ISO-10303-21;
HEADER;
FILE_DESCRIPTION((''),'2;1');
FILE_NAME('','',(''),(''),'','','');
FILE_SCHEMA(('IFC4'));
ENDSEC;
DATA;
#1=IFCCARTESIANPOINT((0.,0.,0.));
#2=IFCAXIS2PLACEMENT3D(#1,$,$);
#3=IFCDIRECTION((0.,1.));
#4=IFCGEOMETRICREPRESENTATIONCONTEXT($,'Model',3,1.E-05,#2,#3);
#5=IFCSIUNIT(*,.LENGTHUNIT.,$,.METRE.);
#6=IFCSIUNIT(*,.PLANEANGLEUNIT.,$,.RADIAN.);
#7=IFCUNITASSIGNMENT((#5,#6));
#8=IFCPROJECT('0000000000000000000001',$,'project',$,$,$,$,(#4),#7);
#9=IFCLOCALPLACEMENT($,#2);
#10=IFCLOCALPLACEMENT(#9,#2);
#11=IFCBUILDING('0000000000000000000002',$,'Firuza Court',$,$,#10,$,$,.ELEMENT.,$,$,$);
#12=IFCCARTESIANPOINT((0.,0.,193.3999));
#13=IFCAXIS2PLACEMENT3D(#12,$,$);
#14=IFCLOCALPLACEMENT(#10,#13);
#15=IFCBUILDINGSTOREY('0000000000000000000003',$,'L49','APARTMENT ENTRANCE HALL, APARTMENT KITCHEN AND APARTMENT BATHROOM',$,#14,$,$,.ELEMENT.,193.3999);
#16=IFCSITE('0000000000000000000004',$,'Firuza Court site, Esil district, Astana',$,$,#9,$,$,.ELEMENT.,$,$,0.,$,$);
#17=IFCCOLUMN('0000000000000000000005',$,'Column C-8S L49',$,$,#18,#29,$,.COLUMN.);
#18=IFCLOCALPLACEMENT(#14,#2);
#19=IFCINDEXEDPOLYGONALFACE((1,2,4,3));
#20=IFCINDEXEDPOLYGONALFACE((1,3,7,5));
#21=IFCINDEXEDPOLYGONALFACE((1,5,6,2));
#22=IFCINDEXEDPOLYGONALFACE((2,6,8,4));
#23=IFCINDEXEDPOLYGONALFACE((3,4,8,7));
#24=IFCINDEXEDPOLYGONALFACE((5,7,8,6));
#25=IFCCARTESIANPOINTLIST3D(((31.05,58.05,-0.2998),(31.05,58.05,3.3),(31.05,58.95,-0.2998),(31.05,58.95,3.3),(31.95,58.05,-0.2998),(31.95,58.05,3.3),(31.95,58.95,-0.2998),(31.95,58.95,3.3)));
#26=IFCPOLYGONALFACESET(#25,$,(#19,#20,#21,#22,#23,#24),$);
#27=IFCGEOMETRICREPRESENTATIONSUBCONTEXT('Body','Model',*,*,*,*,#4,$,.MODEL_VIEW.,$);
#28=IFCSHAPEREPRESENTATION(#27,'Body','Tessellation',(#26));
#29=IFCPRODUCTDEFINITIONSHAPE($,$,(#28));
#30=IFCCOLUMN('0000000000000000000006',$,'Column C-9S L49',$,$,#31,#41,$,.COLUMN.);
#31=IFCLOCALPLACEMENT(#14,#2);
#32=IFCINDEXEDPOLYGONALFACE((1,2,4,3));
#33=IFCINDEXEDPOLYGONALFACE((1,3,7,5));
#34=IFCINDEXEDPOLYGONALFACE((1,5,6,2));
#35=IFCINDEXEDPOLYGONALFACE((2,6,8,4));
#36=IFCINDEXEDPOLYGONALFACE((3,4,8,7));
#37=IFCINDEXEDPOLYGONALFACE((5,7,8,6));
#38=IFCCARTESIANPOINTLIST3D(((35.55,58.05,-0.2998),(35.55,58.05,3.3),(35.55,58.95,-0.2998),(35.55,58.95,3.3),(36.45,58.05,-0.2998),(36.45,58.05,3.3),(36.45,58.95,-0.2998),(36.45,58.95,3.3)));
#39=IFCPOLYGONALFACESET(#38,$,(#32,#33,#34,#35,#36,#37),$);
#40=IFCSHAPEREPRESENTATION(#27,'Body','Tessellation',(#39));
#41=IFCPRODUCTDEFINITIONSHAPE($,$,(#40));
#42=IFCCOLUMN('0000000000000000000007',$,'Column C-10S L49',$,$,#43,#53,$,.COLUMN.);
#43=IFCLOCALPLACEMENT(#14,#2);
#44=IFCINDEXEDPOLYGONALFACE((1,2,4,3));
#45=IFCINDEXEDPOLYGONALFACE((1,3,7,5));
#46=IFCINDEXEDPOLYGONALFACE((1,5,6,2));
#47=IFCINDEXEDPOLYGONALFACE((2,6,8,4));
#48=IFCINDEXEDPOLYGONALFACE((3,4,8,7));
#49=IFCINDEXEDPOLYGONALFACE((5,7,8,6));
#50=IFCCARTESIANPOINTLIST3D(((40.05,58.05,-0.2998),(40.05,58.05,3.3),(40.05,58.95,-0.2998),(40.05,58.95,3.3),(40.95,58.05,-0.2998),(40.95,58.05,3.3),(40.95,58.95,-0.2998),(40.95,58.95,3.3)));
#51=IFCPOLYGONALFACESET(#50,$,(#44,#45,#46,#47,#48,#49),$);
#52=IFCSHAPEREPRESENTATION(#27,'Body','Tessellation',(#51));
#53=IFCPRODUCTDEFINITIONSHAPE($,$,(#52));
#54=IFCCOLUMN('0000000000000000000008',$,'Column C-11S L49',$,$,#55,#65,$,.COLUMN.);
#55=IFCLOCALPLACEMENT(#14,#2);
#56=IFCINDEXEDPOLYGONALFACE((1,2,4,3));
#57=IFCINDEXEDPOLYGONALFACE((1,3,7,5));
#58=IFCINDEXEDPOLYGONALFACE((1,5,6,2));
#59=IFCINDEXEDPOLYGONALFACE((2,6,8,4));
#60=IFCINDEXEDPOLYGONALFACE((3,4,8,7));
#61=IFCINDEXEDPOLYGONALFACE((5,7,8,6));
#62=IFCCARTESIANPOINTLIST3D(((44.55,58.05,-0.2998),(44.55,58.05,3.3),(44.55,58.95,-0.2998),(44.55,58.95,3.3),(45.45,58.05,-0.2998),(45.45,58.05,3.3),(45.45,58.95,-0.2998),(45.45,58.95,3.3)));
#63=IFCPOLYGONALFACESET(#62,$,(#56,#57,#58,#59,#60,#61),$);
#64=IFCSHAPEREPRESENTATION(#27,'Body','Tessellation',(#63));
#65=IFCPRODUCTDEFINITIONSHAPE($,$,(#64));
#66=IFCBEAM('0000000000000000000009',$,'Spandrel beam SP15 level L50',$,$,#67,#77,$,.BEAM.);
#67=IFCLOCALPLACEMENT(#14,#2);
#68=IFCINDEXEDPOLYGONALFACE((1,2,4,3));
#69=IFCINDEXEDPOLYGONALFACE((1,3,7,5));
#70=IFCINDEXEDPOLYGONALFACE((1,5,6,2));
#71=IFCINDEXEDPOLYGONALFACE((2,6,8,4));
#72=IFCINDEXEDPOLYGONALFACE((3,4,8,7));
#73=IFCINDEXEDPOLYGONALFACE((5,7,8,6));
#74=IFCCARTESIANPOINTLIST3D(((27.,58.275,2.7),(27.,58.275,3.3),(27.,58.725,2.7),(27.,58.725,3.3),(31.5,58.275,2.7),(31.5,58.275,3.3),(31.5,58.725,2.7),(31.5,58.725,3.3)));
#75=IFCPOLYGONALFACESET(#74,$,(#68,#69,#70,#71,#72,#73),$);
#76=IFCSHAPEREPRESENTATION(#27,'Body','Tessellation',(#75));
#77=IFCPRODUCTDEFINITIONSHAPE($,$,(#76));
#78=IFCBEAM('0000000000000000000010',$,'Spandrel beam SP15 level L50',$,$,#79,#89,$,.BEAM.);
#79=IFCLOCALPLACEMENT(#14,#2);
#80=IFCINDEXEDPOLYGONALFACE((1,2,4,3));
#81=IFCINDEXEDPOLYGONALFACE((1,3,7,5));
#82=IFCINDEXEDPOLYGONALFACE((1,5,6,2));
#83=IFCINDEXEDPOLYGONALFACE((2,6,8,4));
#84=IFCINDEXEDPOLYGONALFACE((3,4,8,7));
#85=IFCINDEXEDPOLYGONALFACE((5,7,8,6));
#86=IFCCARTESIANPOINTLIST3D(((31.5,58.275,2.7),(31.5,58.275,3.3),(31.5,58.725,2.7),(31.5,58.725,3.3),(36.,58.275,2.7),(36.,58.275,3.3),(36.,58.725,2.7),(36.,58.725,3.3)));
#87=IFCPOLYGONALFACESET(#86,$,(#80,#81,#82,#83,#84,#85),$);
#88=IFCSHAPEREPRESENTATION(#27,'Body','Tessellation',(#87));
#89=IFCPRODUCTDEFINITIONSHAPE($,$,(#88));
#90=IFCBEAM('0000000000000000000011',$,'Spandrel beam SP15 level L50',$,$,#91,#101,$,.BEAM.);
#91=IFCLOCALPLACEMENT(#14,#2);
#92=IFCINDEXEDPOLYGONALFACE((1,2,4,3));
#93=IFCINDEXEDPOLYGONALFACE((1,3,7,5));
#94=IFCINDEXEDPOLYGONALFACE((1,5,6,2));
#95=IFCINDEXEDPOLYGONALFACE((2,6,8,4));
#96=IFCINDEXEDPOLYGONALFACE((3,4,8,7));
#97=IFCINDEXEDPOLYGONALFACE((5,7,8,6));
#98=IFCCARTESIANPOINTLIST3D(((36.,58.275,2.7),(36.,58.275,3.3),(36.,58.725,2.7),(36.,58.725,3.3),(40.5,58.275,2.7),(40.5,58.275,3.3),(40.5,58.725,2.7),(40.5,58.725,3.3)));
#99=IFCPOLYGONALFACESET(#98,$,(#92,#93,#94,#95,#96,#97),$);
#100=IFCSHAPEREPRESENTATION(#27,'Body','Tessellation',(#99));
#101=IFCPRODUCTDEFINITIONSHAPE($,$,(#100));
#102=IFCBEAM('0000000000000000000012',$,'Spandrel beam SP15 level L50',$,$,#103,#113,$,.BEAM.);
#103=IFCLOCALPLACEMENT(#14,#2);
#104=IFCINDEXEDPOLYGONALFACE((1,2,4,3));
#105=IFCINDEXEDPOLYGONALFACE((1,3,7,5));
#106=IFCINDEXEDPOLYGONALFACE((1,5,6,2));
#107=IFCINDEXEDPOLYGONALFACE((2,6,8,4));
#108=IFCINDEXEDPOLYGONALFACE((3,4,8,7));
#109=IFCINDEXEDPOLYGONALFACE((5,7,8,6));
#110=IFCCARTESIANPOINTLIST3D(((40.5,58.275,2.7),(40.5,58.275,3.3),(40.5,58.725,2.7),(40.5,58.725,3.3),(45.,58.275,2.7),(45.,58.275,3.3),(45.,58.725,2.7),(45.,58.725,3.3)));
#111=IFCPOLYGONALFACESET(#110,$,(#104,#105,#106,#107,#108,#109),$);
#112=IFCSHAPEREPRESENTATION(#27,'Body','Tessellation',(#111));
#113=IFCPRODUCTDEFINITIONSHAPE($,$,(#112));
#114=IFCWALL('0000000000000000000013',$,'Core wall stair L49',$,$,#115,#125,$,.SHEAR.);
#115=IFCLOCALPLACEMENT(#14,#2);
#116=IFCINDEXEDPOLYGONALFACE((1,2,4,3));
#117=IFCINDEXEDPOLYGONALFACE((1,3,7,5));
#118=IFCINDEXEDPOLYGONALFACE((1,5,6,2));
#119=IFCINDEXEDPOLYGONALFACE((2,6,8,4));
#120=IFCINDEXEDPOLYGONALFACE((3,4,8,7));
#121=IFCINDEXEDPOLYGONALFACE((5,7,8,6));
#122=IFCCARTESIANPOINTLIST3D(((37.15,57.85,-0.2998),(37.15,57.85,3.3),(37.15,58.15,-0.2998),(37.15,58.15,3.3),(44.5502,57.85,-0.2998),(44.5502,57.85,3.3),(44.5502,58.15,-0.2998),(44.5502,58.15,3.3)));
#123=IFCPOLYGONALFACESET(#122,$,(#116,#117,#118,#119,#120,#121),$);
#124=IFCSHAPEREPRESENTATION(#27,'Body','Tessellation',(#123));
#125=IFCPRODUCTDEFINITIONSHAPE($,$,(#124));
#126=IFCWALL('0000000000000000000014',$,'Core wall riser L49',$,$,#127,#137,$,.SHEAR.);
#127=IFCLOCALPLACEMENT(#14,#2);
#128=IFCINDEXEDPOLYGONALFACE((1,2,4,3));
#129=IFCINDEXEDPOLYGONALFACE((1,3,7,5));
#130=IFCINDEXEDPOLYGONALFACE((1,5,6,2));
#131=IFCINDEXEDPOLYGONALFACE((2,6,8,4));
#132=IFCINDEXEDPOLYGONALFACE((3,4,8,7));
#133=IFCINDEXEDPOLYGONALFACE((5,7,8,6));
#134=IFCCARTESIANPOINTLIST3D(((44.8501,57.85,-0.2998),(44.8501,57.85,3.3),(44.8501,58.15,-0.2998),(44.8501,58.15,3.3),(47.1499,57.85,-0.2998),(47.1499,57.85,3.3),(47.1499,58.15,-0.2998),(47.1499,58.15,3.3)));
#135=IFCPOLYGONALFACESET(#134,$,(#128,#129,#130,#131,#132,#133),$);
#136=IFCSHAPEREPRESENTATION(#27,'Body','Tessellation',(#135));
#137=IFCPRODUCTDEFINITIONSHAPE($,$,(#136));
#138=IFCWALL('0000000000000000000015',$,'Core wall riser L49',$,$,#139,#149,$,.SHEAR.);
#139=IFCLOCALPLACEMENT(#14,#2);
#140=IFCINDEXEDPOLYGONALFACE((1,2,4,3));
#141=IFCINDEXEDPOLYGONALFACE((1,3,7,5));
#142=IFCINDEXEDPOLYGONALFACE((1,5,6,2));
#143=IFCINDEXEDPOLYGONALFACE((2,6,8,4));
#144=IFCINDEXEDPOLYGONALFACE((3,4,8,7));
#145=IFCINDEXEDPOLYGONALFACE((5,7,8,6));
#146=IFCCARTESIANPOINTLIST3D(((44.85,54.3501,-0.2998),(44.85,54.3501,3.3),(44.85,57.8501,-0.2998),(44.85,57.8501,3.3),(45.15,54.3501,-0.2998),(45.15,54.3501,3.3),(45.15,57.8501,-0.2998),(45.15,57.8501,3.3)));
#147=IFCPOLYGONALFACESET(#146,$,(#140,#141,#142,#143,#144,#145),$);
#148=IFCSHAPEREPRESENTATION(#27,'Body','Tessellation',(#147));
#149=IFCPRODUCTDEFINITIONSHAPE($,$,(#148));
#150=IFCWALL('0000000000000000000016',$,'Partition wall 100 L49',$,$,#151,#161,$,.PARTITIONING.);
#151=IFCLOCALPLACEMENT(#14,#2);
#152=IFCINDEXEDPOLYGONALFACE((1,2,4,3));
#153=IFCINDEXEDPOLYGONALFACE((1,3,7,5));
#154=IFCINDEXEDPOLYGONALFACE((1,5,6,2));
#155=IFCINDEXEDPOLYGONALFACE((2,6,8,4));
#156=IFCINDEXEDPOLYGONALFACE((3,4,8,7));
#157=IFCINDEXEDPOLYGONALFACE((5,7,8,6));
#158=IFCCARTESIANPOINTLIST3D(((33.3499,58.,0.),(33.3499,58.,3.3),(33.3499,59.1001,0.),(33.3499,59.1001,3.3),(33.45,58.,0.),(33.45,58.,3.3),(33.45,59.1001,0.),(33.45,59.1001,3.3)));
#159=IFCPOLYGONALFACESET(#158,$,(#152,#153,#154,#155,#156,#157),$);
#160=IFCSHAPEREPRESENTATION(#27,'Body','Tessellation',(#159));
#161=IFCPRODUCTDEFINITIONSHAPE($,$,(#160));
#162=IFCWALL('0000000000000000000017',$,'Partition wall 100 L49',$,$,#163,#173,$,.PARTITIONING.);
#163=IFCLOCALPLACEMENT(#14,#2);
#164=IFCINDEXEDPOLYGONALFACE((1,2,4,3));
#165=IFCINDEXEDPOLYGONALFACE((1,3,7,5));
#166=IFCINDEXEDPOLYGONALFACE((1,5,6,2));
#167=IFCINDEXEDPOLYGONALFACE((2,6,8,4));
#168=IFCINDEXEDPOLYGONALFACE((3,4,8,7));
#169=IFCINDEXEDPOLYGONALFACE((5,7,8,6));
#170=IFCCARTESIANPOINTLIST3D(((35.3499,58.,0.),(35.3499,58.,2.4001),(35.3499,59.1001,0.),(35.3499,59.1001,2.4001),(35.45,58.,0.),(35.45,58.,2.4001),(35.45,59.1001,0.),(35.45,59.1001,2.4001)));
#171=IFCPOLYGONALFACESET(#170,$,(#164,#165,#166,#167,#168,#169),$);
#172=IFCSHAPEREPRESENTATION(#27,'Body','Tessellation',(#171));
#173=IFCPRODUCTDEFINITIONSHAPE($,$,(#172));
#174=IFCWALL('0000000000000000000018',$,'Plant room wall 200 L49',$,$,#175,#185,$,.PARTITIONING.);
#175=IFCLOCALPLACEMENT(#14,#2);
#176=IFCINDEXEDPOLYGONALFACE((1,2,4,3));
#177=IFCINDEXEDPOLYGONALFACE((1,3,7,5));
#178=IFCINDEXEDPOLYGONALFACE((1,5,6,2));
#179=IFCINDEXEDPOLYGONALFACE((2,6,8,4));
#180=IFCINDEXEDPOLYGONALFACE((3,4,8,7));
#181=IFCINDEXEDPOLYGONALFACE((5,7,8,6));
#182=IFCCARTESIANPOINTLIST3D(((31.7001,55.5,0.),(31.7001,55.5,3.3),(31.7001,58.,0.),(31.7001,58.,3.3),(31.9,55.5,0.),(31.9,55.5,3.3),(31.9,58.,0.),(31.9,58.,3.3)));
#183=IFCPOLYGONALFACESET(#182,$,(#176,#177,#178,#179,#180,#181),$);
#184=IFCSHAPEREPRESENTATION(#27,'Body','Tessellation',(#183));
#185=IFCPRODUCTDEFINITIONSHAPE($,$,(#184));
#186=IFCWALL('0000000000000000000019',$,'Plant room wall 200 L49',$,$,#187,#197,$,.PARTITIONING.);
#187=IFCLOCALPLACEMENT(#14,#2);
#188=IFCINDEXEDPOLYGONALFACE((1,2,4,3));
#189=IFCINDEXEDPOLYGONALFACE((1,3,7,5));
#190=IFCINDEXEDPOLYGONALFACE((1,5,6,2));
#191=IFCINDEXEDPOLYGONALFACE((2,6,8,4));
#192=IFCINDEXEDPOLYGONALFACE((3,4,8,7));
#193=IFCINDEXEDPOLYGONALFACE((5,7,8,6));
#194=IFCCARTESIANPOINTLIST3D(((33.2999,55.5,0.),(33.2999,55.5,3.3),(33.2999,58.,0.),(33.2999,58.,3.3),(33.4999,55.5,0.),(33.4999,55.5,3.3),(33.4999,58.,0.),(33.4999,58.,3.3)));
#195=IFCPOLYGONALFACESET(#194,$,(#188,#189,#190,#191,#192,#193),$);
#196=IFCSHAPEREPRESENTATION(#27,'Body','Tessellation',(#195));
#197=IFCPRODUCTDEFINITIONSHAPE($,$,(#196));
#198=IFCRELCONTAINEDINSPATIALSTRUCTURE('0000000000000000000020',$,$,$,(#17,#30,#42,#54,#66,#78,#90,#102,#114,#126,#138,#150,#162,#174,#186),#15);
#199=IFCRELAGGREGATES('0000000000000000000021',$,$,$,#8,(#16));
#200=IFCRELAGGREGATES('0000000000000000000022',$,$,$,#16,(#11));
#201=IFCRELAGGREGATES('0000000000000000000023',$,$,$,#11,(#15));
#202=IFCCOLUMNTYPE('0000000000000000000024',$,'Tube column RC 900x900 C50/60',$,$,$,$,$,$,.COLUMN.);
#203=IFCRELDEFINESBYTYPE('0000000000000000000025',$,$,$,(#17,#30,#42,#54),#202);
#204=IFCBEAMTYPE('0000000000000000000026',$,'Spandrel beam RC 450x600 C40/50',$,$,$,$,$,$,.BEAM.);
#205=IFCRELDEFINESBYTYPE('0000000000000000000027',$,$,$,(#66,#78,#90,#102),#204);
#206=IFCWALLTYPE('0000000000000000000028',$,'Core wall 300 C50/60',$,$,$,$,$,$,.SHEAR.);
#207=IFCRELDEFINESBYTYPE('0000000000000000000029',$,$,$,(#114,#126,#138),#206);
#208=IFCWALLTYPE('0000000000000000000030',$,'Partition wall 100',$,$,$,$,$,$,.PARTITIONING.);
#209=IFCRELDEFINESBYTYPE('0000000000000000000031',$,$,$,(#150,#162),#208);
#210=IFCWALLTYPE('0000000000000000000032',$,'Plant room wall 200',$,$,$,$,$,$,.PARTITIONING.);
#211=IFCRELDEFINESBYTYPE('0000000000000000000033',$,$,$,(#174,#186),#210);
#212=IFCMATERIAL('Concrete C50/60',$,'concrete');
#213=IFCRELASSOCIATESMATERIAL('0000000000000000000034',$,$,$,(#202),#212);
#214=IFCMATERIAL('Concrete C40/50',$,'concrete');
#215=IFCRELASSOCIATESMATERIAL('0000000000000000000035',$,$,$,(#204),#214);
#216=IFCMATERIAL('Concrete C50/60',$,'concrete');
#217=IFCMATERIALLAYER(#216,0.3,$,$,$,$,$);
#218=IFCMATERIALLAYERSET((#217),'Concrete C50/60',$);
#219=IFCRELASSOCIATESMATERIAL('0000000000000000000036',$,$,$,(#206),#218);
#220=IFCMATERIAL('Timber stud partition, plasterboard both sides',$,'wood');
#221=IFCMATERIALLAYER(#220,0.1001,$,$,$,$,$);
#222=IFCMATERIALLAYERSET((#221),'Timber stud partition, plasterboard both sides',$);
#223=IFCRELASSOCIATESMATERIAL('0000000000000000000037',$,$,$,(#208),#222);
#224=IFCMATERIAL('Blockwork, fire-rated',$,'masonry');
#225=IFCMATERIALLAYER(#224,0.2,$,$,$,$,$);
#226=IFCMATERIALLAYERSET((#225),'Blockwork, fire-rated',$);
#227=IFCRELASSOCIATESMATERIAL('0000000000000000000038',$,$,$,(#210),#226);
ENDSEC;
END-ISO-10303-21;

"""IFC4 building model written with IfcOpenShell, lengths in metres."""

from ifc_helpers import new_model, si_unit, direction, frame, frame_2d, origin, origin_2d, place, context, subcontext, project, spatial, rectangle, extrude, material, layer, layer_set, material_profile, profile_set, type_object, element, save


model = new_model("IFC4")

# Units and contexts
model_context = context("Model", 3, precision=1e-05, world=origin(), true_north=direction((0.0, 1.0)))
body_context = subcontext(model_context, "Body", "Model", "MODEL_VIEW")
ifc_project = project(units=[si_unit("LENGTHUNIT", "METRE"), si_unit("PLANEANGLEUNIT", "RADIAN")], contexts=[model_context])

# Site, building, storey
site_placement = place(None, origin())
site = spatial("IfcSite", under=ifc_project, at=site_placement, Name="Firuza Court site, Esil district, Astana", CompositionType="ELEMENT", RefElevation=0.0)
building_placement = place(site_placement, origin())
building = spatial("IfcBuilding", under=site, at=building_placement, Name="Firuza Court", CompositionType="ELEMENT")
storey_placement = place(building_placement, frame((0.0, 0.0, 193.3999)))
storey = spatial("IfcBuildingStorey", under=building, at=storey_placement, Name="L49", Description="APARTMENT ENTRANCE HALL, APARTMENT KITCHEN AND APARTMENT BATHROOM", CompositionType="ELEMENT", Elevation=193.3999)

# Columns
ifc_material_1 = material(Name="Concrete C50/60", Category="concrete")
ifc_material_profile_1 = material_profile(ifc_material_1, rectangle(XDim=0.8999, YDim=0.8999, at=origin_2d()), Name="RC 900x900")
ifc_profile_set_1 = profile_set([ifc_material_profile_1], Name="Concrete C50/60")
column_type = type_object("IfcColumnType", Name="Tube column RC 900x900 C50/60", PredefinedType="COLUMN", material=ifc_profile_set_1)
for number, where, z_axis, x_axis, name in (
    (1, (31.5, 58.5, -0.2998), (0.0, 0.0, 1.0), (1.0, 0.0, 0.0), "Column C-8S L49"),
    (2, (36.0, 58.5, -0.2998), (0.0, 0.0, 1.0), (1.0, 0.0, 0.0), "Column C-9S L49"),
    (3, (40.5, 58.5, -0.2998), (0.0, 0.0, 1.0), (1.0, 0.0, 0.0), "Column C-10S L49"),
    (4, (45.0, 58.5, -0.2998), (0.0, 0.0, 1.0), (1.0, 0.0, 0.0), "Column C-11S L49"),
):
    element("IfcColumn", number, at=place(storey_placement, frame(where, z_axis=z_axis, x_axis=x_axis)), inside=storey, type_object=column_type, Name=name, PredefinedType="COLUMN", context=body_context, shape_type="SweptSolid", body=[
        extrude(rectangle(XDim=0.8999, YDim=0.8999, at=origin_2d()), origin(), (0.0, 0.0, 1.0), 3.5999),
    ])

# Beams
ifc_material_2 = material(Name="Concrete C40/50", Category="concrete")
ifc_material_profile_2 = material_profile(ifc_material_2, rectangle(XDim=0.45, YDim=0.6001, at=origin_2d()), Name="RC 450x600")
ifc_profile_set_2 = profile_set([ifc_material_profile_2], Name="Concrete C40/50")
beam_type = type_object("IfcBeamType", Name="Spandrel beam RC 450x600 C40/50", PredefinedType="BEAM", material=ifc_profile_set_2)
for number, where, z_axis, x_axis, name in (
    (5, (31.5, 58.5, 3.0), (-1.0, 0.0, 0.0), (0.0, -1.0, 0.0), "Spandrel beam SP15 level L50"),
    (6, (36.0, 58.5, 3.0), (-1.0, 0.0, 0.0), (0.0, -1.0, 0.0), "Spandrel beam SP15 level L50"),
    (7, (40.5, 58.5, 3.0), (-1.0, 0.0, 0.0), (0.0, -1.0, 0.0), "Spandrel beam SP15 level L50"),
    (8, (45.0, 58.5, 3.0), (-1.0, 0.0, 0.0), (0.0, -1.0, 0.0), "Spandrel beam SP15 level L50"),
):
    element("IfcBeam", number, at=place(storey_placement, frame(where, z_axis=z_axis, x_axis=x_axis)), inside=storey, type_object=beam_type, Name=name, PredefinedType="BEAM", context=body_context, shape_type="SweptSolid", body=[
        extrude(rectangle(XDim=0.45, YDim=0.6001, at=origin_2d()), origin(), (0.0, 0.0, 1.0), 4.5),
    ])

# Walls
ifc_material_3 = material(Name="Concrete C50/60", Category="concrete")
ifc_layer_1 = layer(ifc_material_3, 0.3)
ifc_layer_set_1 = layer_set([ifc_layer_1], Name="Concrete C50/60")
wall_type_1 = type_object("IfcWallType", Name="Core wall 300 C50/60", PredefinedType="SHEAR", material=ifc_layer_set_1)
wall_1_placement = place(storey_placement, frame((37.1499, 58.0, -0.2998), z_axis=(0.0, 0.0, 1.0), x_axis=(1.0, 0.0, 0.0)))
element("IfcWall", 9, at=wall_1_placement, inside=storey, type_object=wall_type_1, Name="Core wall stair L49", PredefinedType="SHEAR", context=body_context, shape_type="SweptSolid", body=[
    extrude(rectangle(XDim=7.4001, YDim=0.3, at=frame_2d((3.7002, 0.0))), origin(), (0.0, 0.0, 1.0), 3.5999),
])
wall_2_placement = place(storey_placement, frame((44.8501, 58.0, -0.2998), z_axis=(0.0, 0.0, 1.0), x_axis=(1.0, 0.0, 0.0)))
element("IfcWall", 10, at=wall_2_placement, inside=storey, type_object=wall_type_1, Name="Core wall riser L49", PredefinedType="SHEAR", context=body_context, shape_type="SweptSolid", body=[
    extrude(rectangle(XDim=2.2998, YDim=0.3, at=frame_2d((1.1499, 0.0))), origin(), (0.0, 0.0, 1.0), 3.5999),
])
wall_3_placement = place(storey_placement, frame((45.0, 54.3501, -0.2998), z_axis=(0.0, 0.0, 1.0), x_axis=(0.0, 1.0, 0.0)))
element("IfcWall", 11, at=wall_3_placement, inside=storey, type_object=wall_type_1, Name="Core wall riser L49", PredefinedType="SHEAR", context=body_context, shape_type="SweptSolid", body=[
    extrude(rectangle(XDim=3.5, YDim=0.3, at=frame_2d((1.75, 0.0))), origin(), (0.0, 0.0, 1.0), 3.5999),
])
ifc_material_4 = material(Name="Timber stud partition, plasterboard both sides", Category="wood")
ifc_layer_2 = layer(ifc_material_4, 0.1001)
ifc_layer_set_2 = layer_set([ifc_layer_2], Name="Timber stud partition, plasterboard both sides")
wall_type_2 = type_object("IfcWallType", Name="Partition wall 100", PredefinedType="PARTITIONING", material=ifc_layer_set_2)
wall_4_placement = place(storey_placement, frame((33.3999, 58.0, 0.0), z_axis=(0.0, 0.0, 1.0), x_axis=(0.0, 1.0, 0.0)))
element("IfcWall", 12, at=wall_4_placement, inside=storey, type_object=wall_type_2, Name="Partition wall 100 L49", PredefinedType="PARTITIONING", context=body_context, shape_type="SweptSolid", body=[
    extrude(rectangle(XDim=1.1001, YDim=0.1001, at=frame_2d((0.55, 0.0))), origin(), (0.0, 0.0, 1.0), 3.3),
])
wall_5_placement = place(storey_placement, frame((35.3999, 58.0, 0.0), z_axis=(0.0, 0.0, 1.0), x_axis=(0.0, 1.0, 0.0)))
element("IfcWall", 13, at=wall_5_placement, inside=storey, type_object=wall_type_2, Name="Partition wall 100 L49", PredefinedType="PARTITIONING", context=body_context, shape_type="SweptSolid", body=[
    extrude(rectangle(XDim=1.1001, YDim=0.1001, at=frame_2d((0.55, 0.0))), origin(), (0.0, 0.0, 1.0), 2.4001),
])
ifc_material_5 = material(Name="Blockwork, fire-rated", Category="masonry")
ifc_layer_3 = layer(ifc_material_5, 0.2)
ifc_layer_set_3 = layer_set([ifc_layer_3], Name="Blockwork, fire-rated")
wall_type_3 = type_object("IfcWallType", Name="Plant room wall 200", PredefinedType="PARTITIONING", material=ifc_layer_set_3)
for number, where, z_axis, x_axis, name in (
    (14, (31.8, 55.5, 0.0), (0.0, 0.0, 1.0), (0.0, 1.0, 0.0), "Plant room wall 200 L49"),
    (15, (33.3999, 55.5, 0.0), (0.0, 0.0, 1.0), (0.0, 1.0, 0.0), "Plant room wall 200 L49"),
):
    element("IfcWall", number, at=place(storey_placement, frame(where, z_axis=z_axis, x_axis=x_axis)), inside=storey, type_object=wall_type_3, Name=name, PredefinedType="PARTITIONING", context=body_context, shape_type="SweptSolid", body=[
        extrude(rectangle(XDim=2.5, YDim=0.2, at=frame_2d((1.25, 0.0))), origin(), (0.0, 0.0, 1.0), 3.3),
    ])

save(model, "model.ifc")
